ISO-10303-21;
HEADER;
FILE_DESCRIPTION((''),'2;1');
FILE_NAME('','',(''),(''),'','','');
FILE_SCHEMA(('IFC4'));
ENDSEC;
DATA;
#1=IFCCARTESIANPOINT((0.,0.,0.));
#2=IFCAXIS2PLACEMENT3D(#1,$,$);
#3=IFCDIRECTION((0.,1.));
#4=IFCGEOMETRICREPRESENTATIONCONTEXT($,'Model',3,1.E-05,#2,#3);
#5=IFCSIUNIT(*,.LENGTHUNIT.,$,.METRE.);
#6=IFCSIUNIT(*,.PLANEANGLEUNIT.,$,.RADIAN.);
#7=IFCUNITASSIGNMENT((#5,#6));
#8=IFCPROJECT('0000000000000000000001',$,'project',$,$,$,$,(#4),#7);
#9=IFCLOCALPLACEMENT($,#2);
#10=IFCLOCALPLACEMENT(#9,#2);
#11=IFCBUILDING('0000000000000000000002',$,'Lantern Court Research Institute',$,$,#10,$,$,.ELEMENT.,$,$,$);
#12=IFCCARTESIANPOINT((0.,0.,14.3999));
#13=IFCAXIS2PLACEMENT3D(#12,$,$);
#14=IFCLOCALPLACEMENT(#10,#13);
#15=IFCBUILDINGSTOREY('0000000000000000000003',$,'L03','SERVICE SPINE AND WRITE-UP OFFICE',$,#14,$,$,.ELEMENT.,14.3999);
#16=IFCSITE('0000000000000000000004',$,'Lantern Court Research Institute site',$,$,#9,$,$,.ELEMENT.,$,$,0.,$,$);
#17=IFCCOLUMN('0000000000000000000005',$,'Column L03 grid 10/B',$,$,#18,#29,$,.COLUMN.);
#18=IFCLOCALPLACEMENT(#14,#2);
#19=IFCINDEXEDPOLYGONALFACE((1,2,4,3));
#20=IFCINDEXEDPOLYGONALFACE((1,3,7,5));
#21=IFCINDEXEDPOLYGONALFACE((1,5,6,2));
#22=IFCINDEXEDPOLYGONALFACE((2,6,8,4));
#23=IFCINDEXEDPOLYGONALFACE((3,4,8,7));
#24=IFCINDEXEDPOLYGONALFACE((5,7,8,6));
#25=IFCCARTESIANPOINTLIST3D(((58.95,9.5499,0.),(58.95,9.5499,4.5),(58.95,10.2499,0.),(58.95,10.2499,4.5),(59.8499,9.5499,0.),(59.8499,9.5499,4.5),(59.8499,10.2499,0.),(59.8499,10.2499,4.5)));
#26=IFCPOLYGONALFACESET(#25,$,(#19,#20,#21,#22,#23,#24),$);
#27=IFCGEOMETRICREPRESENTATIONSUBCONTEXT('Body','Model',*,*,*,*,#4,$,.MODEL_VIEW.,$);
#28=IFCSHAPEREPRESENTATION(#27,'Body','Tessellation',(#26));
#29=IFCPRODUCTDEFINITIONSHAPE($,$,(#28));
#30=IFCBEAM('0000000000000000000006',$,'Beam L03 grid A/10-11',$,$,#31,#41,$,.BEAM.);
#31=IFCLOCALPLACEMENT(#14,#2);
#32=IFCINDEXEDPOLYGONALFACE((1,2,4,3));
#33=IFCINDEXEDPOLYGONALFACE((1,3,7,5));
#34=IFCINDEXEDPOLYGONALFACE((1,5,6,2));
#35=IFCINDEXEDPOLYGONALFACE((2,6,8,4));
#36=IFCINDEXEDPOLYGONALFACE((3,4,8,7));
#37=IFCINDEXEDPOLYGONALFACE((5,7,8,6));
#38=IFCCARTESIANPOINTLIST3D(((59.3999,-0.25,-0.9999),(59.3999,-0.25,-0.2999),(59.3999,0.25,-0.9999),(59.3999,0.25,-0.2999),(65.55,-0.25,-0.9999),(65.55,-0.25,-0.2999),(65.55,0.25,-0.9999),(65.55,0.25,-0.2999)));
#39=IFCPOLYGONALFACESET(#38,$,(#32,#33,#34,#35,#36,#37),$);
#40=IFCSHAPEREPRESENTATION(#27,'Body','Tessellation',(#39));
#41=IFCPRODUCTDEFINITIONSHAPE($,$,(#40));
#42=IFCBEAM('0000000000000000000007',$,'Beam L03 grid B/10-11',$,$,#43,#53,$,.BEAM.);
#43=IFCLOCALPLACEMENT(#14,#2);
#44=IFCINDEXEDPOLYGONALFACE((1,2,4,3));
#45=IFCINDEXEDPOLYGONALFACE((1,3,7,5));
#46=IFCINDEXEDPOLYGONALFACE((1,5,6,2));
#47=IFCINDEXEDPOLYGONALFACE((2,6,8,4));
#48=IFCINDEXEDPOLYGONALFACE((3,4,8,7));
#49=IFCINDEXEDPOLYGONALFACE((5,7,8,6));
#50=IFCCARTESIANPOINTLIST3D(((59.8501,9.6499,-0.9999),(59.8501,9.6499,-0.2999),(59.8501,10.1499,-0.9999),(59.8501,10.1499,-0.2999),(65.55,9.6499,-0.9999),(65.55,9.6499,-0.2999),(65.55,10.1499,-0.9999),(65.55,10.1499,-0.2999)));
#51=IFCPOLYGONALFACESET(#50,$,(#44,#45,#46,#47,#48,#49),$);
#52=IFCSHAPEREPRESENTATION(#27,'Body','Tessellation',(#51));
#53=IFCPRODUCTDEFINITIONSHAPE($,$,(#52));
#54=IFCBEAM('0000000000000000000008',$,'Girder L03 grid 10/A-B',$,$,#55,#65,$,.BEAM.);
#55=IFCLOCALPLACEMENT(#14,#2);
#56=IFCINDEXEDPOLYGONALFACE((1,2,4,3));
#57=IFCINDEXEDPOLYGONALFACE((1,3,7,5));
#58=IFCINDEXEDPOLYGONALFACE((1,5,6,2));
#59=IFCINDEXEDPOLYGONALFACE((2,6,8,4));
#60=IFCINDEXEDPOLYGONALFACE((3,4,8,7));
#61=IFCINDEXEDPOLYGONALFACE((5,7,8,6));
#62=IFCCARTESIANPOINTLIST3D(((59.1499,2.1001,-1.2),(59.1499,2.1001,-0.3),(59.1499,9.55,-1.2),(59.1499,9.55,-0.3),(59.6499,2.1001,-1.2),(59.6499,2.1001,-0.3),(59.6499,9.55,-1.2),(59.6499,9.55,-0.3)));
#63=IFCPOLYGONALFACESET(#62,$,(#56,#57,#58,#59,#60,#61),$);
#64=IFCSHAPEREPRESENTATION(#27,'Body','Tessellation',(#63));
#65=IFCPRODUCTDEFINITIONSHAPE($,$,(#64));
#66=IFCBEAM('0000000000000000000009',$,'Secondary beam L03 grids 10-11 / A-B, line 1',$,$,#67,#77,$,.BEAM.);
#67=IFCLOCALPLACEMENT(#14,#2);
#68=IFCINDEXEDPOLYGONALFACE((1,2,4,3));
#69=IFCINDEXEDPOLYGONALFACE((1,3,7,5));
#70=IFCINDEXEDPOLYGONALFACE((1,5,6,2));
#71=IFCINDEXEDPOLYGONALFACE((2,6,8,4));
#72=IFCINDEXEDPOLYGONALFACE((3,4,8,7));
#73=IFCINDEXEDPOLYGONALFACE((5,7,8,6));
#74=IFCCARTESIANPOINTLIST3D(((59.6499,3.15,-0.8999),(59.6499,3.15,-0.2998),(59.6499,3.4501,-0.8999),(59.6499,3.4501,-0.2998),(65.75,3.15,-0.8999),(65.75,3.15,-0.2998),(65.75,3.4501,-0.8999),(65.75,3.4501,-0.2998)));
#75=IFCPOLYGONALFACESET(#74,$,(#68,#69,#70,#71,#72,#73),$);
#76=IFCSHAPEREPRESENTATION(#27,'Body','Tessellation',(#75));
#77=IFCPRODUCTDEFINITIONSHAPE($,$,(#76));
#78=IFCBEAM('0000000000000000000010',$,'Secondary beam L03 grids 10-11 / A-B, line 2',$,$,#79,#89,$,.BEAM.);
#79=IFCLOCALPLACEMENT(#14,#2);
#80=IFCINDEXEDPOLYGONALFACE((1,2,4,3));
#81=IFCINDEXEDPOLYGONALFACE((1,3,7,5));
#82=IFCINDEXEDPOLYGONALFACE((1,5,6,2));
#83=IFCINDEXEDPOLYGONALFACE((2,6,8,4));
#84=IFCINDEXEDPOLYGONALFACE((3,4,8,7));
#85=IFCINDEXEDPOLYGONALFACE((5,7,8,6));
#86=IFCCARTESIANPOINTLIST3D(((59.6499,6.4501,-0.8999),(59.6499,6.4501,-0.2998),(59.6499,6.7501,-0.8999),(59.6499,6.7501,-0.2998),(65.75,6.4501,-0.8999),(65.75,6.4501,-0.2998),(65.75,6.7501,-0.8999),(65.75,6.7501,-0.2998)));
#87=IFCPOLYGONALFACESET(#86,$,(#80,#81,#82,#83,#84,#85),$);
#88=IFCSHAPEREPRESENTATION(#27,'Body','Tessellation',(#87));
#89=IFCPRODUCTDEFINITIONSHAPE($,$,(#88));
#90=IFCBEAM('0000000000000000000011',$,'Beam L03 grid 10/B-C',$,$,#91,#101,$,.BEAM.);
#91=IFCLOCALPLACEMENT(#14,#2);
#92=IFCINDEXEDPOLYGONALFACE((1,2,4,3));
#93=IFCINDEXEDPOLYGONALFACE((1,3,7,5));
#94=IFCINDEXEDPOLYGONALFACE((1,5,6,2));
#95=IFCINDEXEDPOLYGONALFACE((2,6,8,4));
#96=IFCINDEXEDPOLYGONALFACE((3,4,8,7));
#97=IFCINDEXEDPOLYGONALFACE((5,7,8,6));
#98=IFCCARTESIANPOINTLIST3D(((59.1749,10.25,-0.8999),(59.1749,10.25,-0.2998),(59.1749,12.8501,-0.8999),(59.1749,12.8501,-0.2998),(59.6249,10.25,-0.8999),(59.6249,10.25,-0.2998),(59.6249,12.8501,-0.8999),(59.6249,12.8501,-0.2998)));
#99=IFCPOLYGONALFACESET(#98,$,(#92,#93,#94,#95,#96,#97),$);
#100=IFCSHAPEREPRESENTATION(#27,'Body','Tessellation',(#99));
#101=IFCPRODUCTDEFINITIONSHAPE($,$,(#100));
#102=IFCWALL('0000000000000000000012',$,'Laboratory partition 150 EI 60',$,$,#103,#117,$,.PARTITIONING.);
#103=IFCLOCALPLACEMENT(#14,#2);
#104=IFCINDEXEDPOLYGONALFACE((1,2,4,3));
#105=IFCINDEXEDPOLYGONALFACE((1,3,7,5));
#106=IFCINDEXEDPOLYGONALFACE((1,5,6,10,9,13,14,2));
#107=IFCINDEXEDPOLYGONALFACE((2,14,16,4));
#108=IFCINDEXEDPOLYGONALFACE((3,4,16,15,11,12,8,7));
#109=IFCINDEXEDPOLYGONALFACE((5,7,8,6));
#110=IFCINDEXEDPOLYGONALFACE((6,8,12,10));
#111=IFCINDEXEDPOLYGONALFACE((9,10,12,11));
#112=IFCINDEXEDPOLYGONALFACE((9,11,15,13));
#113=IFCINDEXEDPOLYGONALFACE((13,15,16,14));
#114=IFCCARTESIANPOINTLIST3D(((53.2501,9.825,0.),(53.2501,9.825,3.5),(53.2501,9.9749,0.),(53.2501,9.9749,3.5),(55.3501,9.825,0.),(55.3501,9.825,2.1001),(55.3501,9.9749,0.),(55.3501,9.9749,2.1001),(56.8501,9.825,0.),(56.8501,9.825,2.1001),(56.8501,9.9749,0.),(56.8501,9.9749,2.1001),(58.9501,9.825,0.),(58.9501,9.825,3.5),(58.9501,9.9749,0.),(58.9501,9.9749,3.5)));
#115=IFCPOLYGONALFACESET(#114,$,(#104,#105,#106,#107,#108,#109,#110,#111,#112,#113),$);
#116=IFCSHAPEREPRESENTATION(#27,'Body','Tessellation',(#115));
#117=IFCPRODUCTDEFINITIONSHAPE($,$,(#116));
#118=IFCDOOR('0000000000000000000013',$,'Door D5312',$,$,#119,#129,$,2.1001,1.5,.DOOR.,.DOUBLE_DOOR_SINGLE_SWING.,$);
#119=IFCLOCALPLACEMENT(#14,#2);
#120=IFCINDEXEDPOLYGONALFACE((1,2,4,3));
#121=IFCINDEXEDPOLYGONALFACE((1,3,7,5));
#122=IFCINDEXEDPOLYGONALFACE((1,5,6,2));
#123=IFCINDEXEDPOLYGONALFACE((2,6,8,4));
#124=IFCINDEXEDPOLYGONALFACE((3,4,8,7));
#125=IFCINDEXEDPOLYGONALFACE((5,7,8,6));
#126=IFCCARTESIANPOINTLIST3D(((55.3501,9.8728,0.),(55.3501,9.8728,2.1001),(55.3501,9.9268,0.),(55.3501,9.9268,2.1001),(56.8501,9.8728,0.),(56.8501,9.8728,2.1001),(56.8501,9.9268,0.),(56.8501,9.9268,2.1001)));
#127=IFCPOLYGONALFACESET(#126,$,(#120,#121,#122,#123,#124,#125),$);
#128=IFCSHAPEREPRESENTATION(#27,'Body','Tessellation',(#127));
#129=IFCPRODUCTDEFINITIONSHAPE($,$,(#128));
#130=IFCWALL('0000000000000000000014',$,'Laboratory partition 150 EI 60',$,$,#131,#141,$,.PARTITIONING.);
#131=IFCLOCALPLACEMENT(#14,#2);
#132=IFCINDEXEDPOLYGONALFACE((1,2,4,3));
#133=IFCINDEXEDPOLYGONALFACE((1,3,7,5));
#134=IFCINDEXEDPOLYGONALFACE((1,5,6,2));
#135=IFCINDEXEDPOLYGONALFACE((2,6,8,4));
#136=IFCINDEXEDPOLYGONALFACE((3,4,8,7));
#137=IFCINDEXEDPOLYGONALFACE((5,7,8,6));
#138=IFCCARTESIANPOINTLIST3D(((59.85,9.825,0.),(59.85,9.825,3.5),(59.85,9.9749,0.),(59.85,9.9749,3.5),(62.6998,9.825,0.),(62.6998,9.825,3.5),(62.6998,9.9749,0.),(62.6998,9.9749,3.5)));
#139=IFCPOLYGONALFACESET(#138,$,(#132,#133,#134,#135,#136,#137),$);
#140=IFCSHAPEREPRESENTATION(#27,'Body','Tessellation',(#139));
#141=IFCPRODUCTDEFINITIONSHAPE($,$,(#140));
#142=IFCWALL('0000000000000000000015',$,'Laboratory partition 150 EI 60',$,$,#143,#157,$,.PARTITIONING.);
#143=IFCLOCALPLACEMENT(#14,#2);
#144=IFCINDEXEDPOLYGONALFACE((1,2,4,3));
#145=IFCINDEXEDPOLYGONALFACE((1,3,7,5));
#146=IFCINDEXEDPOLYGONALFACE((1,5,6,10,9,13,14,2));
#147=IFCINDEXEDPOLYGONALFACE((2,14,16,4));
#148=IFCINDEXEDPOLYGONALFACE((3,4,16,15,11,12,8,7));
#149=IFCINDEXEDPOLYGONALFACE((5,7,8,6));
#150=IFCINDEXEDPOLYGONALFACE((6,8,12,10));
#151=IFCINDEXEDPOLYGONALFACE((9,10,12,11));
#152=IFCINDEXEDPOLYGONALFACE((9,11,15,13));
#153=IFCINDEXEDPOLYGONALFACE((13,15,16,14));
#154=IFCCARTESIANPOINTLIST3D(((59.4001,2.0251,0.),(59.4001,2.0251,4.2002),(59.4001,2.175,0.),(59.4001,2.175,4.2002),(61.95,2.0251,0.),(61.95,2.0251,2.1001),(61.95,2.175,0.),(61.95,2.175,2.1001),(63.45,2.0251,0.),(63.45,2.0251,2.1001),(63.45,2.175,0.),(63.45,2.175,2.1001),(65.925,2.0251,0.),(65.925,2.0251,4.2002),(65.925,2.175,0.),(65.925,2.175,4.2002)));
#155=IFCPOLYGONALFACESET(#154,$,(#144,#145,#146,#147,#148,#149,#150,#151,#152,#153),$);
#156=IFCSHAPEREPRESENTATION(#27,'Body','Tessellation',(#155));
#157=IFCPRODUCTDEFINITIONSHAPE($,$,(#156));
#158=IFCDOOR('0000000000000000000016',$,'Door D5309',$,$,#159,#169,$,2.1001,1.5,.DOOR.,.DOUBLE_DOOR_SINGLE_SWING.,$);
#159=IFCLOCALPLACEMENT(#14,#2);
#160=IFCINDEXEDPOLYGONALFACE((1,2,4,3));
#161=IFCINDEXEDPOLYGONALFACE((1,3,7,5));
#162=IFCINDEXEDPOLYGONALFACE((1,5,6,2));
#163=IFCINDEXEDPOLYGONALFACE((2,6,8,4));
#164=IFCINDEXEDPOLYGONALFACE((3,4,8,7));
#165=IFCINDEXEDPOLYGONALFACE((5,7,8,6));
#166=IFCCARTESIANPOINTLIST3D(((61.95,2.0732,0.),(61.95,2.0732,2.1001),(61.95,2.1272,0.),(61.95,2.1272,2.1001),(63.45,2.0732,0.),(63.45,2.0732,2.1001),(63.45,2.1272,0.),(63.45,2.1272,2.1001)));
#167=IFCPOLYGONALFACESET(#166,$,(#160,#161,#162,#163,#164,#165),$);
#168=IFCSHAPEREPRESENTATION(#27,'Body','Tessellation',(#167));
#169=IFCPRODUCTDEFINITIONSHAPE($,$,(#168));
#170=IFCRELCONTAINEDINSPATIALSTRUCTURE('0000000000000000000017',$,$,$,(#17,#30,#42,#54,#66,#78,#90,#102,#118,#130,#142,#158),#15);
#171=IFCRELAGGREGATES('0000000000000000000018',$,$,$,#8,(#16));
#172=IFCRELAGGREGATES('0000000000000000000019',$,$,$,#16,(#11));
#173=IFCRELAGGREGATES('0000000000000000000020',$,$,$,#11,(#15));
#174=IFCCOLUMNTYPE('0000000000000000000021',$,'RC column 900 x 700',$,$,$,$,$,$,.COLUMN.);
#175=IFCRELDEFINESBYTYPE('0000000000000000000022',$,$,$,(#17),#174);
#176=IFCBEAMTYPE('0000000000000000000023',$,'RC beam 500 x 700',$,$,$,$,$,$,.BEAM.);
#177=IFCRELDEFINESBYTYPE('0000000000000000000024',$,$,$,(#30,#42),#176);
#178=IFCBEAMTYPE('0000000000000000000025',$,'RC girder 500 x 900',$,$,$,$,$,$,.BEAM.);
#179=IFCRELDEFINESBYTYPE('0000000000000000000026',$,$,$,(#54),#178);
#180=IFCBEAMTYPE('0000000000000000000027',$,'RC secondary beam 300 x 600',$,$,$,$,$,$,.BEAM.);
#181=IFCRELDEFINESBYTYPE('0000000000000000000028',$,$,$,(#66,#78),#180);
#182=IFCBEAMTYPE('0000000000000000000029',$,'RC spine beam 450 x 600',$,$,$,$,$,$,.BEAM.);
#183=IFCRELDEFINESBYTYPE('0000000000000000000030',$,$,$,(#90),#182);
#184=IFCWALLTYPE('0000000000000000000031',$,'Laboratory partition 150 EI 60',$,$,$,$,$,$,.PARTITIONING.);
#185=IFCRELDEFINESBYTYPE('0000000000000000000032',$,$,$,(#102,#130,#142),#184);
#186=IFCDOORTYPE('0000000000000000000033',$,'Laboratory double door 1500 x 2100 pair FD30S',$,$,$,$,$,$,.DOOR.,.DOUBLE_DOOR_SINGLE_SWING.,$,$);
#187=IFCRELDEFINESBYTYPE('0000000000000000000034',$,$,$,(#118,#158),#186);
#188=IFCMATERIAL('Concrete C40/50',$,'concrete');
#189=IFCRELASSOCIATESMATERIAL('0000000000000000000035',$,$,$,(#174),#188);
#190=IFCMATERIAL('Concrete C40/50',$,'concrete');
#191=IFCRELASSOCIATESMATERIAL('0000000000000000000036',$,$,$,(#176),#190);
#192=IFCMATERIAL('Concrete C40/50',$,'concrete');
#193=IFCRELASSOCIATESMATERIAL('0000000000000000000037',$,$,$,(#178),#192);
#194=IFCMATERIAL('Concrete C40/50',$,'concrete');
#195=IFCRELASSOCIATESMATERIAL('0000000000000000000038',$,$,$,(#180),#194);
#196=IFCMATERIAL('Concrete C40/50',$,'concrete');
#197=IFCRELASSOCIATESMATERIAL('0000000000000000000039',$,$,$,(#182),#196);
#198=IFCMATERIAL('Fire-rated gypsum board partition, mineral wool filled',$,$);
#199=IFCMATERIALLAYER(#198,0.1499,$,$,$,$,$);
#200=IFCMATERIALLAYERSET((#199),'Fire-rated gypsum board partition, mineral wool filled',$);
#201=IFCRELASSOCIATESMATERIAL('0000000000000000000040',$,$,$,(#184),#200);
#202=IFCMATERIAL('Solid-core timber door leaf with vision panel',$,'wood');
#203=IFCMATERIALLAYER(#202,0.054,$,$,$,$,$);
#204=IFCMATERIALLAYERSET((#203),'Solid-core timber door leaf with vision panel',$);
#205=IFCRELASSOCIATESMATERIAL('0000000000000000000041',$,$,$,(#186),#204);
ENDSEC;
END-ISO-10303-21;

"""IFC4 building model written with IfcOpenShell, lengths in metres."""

from ifc_helpers import new_model, si_unit, direction, frame, frame_2d, origin, origin_2d, place, context, subcontext, project, spatial, rectangle, extrude, material, layer, layer_set, material_profile, profile_set, type_object, element, fill, save


model = new_model("IFC4")

# Units and contexts
model_context = context("Model", 3, precision=1e-05, world=origin(), true_north=direction((0.0, 1.0)))
body_context = subcontext(model_context, "Body", "Model", "MODEL_VIEW")
ifc_project = project(units=[si_unit("LENGTHUNIT", "METRE"), si_unit("PLANEANGLEUNIT", "RADIAN")], contexts=[model_context])

# Site, building, storey
site_placement = place(None, origin())
site = spatial("IfcSite", under=ifc_project, at=site_placement, Name="Lantern Court Research Institute site", CompositionType="ELEMENT", RefElevation=0.0)
building_placement = place(site_placement, origin())
building = spatial("IfcBuilding", under=site, at=building_placement, Name="Lantern Court Research Institute", CompositionType="ELEMENT")
storey_placement = place(building_placement, frame((0.0, 0.0, 14.3999)))
storey = spatial("IfcBuildingStorey", under=building, at=storey_placement, Name="L03", Description="SERVICE SPINE AND WRITE-UP OFFICE", CompositionType="ELEMENT", Elevation=14.3999)

# Column
ifc_material_1 = material(Name="Concrete C40/50", Category="concrete")
ifc_material_profile_1 = material_profile(ifc_material_1, rectangle(XDim=0.8999, YDim=0.7, at=origin_2d()), Name="RC column 900 x 700")
ifc_profile_set_1 = profile_set([ifc_material_profile_1], Name="Concrete C40/50")
column_type = type_object("IfcColumnType", Name="RC column 900 x 700", PredefinedType="COLUMN", material=ifc_profile_set_1)
column_placement = place(storey_placement, frame((59.3999, 9.8999, 0.0), z_axis=(0.0, 0.0, 1.0), x_axis=(1.0, 0.0, 0.0)))
element("IfcColumn", 1, at=column_placement, inside=storey, type_object=column_type, Name="Column L03 grid 10/B", PredefinedType="COLUMN", context=body_context, shape_type="SweptSolid", body=[
    extrude(rectangle(XDim=0.8999, YDim=0.7, at=origin_2d()), origin(), (0.0, 0.0, 1.0), 4.5),
])

# Beams
ifc_material_2 = material(Name="Concrete C40/50", Category="concrete")
ifc_material_profile_2 = material_profile(ifc_material_2, rectangle(XDim=0.5, YDim=0.7, at=origin_2d()), Name="RC beam 500 x 700")
ifc_profile_set_2 = profile_set([ifc_material_profile_2], Name="Concrete C40/50")
beam_type_1 = type_object("IfcBeamType", Name="RC beam 500 x 700", PredefinedType="BEAM", material=ifc_profile_set_2)
beam_1_placement = place(storey_placement, frame((59.3999, 0.0, -0.6499), z_axis=(1.0, 0.0, 0.0), x_axis=(0.0, 1.0, 0.0)))
element("IfcBeam", 2, at=beam_1_placement, inside=storey, type_object=beam_type_1, Name="Beam L03 grid A/10-11", PredefinedType="BEAM", context=body_context, shape_type="SweptSolid", body=[
    extrude(rectangle(XDim=0.5, YDim=0.7, at=origin_2d()), origin(), (0.0, 0.0, 1.0), 6.1501),
])
beam_2_placement = place(storey_placement, frame((59.8501, 9.8999, -0.6499), z_axis=(1.0, 0.0, 0.0), x_axis=(0.0, 1.0, 0.0)))
element("IfcBeam", 3, at=beam_2_placement, inside=storey, type_object=beam_type_1, Name="Beam L03 grid B/10-11", PredefinedType="BEAM", context=body_context, shape_type="SweptSolid", body=[
    extrude(rectangle(XDim=0.5, YDim=0.7, at=origin_2d()), origin(), (0.0, 0.0, 1.0), 5.7),
])
ifc_material_3 = material(Name="Concrete C40/50", Category="concrete")
ifc_material_profile_3 = material_profile(ifc_material_3, rectangle(XDim=0.5, YDim=0.8999, at=origin_2d()), Name="RC beam 500 x 900")
ifc_profile_set_3 = profile_set([ifc_material_profile_3], Name="Concrete C40/50")
beam_type_2 = type_object("IfcBeamType", Name="RC girder 500 x 900", PredefinedType="BEAM", material=ifc_profile_set_3)
beam_3_placement = place(storey_placement, frame((59.3999, 2.1001, -0.75), z_axis=(0.0, 1.0, 0.0), x_axis=(-1.0, 0.0, 0.0)))
element("IfcBeam", 4, at=beam_3_placement, inside=storey, type_object=beam_type_2, Name="Girder L03 grid 10/A-B", PredefinedType="BEAM", context=body_context, shape_type="SweptSolid", body=[
    extrude(rectangle(XDim=0.5, YDim=0.8999, at=origin_2d()), origin(), (0.0, 0.0, 1.0), 7.45),
])
ifc_material_4 = material(Name="Concrete C40/50", Category="concrete")
ifc_material_profile_4 = material_profile(ifc_material_4, rectangle(XDim=0.3, YDim=0.6001, at=origin_2d()), Name="RC beam 300 x 600")
ifc_profile_set_4 = profile_set([ifc_material_profile_4], Name="Concrete C40/50")
beam_type_3 = type_object("IfcBeamType", Name="RC secondary beam 300 x 600", PredefinedType="BEAM", material=ifc_profile_set_4)
for number, where, z_axis, x_axis, name in (
    (5, (59.6499, 3.3, -0.5999), (1.0, 0.0, 0.0), (0.0, 1.0, 0.0), "Secondary beam L03 grids 10-11 / A-B, line 1"),
    (6, (59.6499, 6.6001, -0.5999), (1.0, 0.0, 0.0), (0.0, 1.0, 0.0), "Secondary beam L03 grids 10-11 / A-B, line 2"),
):
    element("IfcBeam", number, at=place(storey_placement, frame(where, z_axis=z_axis, x_axis=x_axis)), inside=storey, type_object=beam_type_3, Name=name, PredefinedType="BEAM", context=body_context, shape_type="SweptSolid", body=[
        extrude(rectangle(XDim=0.3, YDim=0.6001, at=origin_2d()), origin(), (0.0, 0.0, 1.0), 6.1001),
    ])
ifc_material_5 = material(Name="Concrete C40/50", Category="concrete")
ifc_material_profile_5 = material_profile(ifc_material_5, rectangle(XDim=0.45, YDim=0.6001, at=origin_2d()), Name="RC beam 450 x 600")
ifc_profile_set_5 = profile_set([ifc_material_profile_5], Name="Concrete C40/50")
beam_type_4 = type_object("IfcBeamType", Name="RC spine beam 450 x 600", PredefinedType="BEAM", material=ifc_profile_set_5)
beam_4_placement = place(storey_placement, frame((59.3999, 10.25, -0.5999), z_axis=(0.0, 1.0, 0.0), x_axis=(-1.0, 0.0, 0.0)))
element("IfcBeam", 7, at=beam_4_placement, inside=storey, type_object=beam_type_4, Name="Beam L03 grid 10/B-C", PredefinedType="BEAM", context=body_context, shape_type="SweptSolid", body=[
    extrude(rectangle(XDim=0.45, YDim=0.6001, at=origin_2d()), origin(), (0.0, 0.0, 1.0), 2.6001),
])

# Wall, opening, door
ifc_material_6 = material(Name="Fire-rated gypsum board partition, mineral wool filled")
ifc_layer_1 = layer(ifc_material_6, 0.1499)
ifc_layer_set_1 = layer_set([ifc_layer_1], Name="Fire-rated gypsum board partition, mineral wool filled")
wall_type_1 = type_object("IfcWallType", Name="Laboratory partition 150 EI 60", PredefinedType="PARTITIONING", material=ifc_layer_set_1)
wall_1_placement = place(storey_placement, frame((53.25, 9.8999, 0.0), z_axis=(0.0, 0.0, 1.0), x_axis=(1.0, 0.0, 0.0)))
wall_1 = element("IfcWall", 8, at=wall_1_placement, inside=storey, type_object=wall_type_1, Name="Laboratory partition 150 EI 60", PredefinedType="PARTITIONING", context=body_context, shape_type="SweptSolid", body=[
    extrude(rectangle(XDim=5.7, YDim=0.1499, at=frame_2d((2.8501, 0.0))), origin(), (0.0, 0.0, 1.0), 3.5),
])
opening_1_placement = place(wall_1_placement, frame((2.1001, 0.0, 0.0)))
opening_1 = element("IfcOpeningElement", 9, at=opening_1_placement, cuts=wall_1, PredefinedType="OPENING", context=body_context, shape_type="SweptSolid", body=[
    extrude(rectangle(XDim=1.5, YDim=2.1001, at=frame_2d((0.75, 1.05))), frame((0.0, 0.085, 0.0), z_axis=(0.0, -1.0, 0.0), x_axis=(1.0, 0.0, 0.0)), (0.0, 0.0, 1.0), 0.1699),
])
ifc_material_7 = material(Name="Solid-core timber door leaf with vision panel", Category="wood")
ifc_layer_2 = layer(ifc_material_7, 0.054)
ifc_layer_set_2 = layer_set([ifc_layer_2], Name="Solid-core timber door leaf with vision panel")
door_type_1 = type_object("IfcDoorType", Name="Laboratory double door 1500 x 2100 pair FD30S", OperationType="DOUBLE_DOOR_SINGLE_SWING", PredefinedType="DOOR", material=ifc_layer_set_2)
door_1_placement = place(opening_1_placement, origin())
door_1 = element("IfcDoor", 10, at=door_1_placement, inside=storey, type_object=door_type_1, Name="Door D5312", OperationType="DOUBLE_DOOR_SINGLE_SWING", OverallHeight=2.1001, OverallWidth=1.5, PredefinedType="DOOR", context=body_context, shape_type="SweptSolid", body=[
    extrude(rectangle(XDim=1.5, YDim=2.1001, at=frame_2d((0.75, 1.05))), frame((0.0, 0.0269, 0.0), z_axis=(0.0, -1.0, 0.0), x_axis=(1.0, 0.0, 0.0)), (0.0, 0.0, 1.0), 0.054),
])
fill(opening_1, door_1)

# Wall
wall_2_placement = place(storey_placement, frame((59.8501, 9.8999, 0.0), z_axis=(0.0, 0.0, 1.0), x_axis=(1.0, 0.0, 0.0)))
element("IfcWall", 11, at=wall_2_placement, inside=storey, type_object=wall_type_1, Name="Laboratory partition 150 EI 60", PredefinedType="PARTITIONING", context=body_context, shape_type="SweptSolid", body=[
    extrude(rectangle(XDim=2.8499, YDim=0.1499, at=frame_2d((1.4248, 0.0))), origin(), (0.0, 0.0, 1.0), 3.5),
])

# Wall, opening, door
wall_3_placement = place(storey_placement, frame((65.925, 2.1001, 0.0), z_axis=(0.0, 0.0, 1.0), x_axis=(-1.0, 0.0, 0.0)))
wall_3 = element("IfcWall", 12, at=wall_3_placement, inside=storey, type_object=wall_type_1, Name="Laboratory partition 150 EI 60", PredefinedType="PARTITIONING", context=body_context, shape_type="SweptSolid", body=[
    extrude(rectangle(XDim=6.5249, YDim=0.1499, at=frame_2d((3.2625, 0.0))), origin(), (0.0, 0.0, 1.0), 4.2002),
])
opening_2_placement = place(wall_3_placement, frame((2.4751, 0.0, 0.0)))
opening_2 = element("IfcOpeningElement", 13, at=opening_2_placement, cuts=wall_3, PredefinedType="OPENING", context=body_context, shape_type="SweptSolid", body=[
    extrude(rectangle(XDim=1.5, YDim=2.1001, at=frame_2d((0.75, 1.05))), frame((0.0, 0.085, 0.0), z_axis=(0.0, -1.0, 0.0), x_axis=(1.0, 0.0, 0.0)), (0.0, 0.0, 1.0), 0.1699),
])
door_2_placement = place(opening_2_placement, origin())
door_2 = element("IfcDoor", 14, at=door_2_placement, inside=storey, type_object=door_type_1, Name="Door D5309", OperationType="DOUBLE_DOOR_SINGLE_SWING", OverallHeight=2.1001, OverallWidth=1.5, PredefinedType="DOOR", context=body_context, shape_type="SweptSolid", body=[
    extrude(rectangle(XDim=1.5, YDim=2.1001, at=frame_2d((0.75, 1.05))), frame((0.0, 0.0269, 0.0), z_axis=(0.0, -1.0, 0.0), x_axis=(1.0, 0.0, 0.0)), (0.0, 0.0, 1.0), 0.054),
])
fill(opening_2, door_2)

save(model, "model.ifc")
